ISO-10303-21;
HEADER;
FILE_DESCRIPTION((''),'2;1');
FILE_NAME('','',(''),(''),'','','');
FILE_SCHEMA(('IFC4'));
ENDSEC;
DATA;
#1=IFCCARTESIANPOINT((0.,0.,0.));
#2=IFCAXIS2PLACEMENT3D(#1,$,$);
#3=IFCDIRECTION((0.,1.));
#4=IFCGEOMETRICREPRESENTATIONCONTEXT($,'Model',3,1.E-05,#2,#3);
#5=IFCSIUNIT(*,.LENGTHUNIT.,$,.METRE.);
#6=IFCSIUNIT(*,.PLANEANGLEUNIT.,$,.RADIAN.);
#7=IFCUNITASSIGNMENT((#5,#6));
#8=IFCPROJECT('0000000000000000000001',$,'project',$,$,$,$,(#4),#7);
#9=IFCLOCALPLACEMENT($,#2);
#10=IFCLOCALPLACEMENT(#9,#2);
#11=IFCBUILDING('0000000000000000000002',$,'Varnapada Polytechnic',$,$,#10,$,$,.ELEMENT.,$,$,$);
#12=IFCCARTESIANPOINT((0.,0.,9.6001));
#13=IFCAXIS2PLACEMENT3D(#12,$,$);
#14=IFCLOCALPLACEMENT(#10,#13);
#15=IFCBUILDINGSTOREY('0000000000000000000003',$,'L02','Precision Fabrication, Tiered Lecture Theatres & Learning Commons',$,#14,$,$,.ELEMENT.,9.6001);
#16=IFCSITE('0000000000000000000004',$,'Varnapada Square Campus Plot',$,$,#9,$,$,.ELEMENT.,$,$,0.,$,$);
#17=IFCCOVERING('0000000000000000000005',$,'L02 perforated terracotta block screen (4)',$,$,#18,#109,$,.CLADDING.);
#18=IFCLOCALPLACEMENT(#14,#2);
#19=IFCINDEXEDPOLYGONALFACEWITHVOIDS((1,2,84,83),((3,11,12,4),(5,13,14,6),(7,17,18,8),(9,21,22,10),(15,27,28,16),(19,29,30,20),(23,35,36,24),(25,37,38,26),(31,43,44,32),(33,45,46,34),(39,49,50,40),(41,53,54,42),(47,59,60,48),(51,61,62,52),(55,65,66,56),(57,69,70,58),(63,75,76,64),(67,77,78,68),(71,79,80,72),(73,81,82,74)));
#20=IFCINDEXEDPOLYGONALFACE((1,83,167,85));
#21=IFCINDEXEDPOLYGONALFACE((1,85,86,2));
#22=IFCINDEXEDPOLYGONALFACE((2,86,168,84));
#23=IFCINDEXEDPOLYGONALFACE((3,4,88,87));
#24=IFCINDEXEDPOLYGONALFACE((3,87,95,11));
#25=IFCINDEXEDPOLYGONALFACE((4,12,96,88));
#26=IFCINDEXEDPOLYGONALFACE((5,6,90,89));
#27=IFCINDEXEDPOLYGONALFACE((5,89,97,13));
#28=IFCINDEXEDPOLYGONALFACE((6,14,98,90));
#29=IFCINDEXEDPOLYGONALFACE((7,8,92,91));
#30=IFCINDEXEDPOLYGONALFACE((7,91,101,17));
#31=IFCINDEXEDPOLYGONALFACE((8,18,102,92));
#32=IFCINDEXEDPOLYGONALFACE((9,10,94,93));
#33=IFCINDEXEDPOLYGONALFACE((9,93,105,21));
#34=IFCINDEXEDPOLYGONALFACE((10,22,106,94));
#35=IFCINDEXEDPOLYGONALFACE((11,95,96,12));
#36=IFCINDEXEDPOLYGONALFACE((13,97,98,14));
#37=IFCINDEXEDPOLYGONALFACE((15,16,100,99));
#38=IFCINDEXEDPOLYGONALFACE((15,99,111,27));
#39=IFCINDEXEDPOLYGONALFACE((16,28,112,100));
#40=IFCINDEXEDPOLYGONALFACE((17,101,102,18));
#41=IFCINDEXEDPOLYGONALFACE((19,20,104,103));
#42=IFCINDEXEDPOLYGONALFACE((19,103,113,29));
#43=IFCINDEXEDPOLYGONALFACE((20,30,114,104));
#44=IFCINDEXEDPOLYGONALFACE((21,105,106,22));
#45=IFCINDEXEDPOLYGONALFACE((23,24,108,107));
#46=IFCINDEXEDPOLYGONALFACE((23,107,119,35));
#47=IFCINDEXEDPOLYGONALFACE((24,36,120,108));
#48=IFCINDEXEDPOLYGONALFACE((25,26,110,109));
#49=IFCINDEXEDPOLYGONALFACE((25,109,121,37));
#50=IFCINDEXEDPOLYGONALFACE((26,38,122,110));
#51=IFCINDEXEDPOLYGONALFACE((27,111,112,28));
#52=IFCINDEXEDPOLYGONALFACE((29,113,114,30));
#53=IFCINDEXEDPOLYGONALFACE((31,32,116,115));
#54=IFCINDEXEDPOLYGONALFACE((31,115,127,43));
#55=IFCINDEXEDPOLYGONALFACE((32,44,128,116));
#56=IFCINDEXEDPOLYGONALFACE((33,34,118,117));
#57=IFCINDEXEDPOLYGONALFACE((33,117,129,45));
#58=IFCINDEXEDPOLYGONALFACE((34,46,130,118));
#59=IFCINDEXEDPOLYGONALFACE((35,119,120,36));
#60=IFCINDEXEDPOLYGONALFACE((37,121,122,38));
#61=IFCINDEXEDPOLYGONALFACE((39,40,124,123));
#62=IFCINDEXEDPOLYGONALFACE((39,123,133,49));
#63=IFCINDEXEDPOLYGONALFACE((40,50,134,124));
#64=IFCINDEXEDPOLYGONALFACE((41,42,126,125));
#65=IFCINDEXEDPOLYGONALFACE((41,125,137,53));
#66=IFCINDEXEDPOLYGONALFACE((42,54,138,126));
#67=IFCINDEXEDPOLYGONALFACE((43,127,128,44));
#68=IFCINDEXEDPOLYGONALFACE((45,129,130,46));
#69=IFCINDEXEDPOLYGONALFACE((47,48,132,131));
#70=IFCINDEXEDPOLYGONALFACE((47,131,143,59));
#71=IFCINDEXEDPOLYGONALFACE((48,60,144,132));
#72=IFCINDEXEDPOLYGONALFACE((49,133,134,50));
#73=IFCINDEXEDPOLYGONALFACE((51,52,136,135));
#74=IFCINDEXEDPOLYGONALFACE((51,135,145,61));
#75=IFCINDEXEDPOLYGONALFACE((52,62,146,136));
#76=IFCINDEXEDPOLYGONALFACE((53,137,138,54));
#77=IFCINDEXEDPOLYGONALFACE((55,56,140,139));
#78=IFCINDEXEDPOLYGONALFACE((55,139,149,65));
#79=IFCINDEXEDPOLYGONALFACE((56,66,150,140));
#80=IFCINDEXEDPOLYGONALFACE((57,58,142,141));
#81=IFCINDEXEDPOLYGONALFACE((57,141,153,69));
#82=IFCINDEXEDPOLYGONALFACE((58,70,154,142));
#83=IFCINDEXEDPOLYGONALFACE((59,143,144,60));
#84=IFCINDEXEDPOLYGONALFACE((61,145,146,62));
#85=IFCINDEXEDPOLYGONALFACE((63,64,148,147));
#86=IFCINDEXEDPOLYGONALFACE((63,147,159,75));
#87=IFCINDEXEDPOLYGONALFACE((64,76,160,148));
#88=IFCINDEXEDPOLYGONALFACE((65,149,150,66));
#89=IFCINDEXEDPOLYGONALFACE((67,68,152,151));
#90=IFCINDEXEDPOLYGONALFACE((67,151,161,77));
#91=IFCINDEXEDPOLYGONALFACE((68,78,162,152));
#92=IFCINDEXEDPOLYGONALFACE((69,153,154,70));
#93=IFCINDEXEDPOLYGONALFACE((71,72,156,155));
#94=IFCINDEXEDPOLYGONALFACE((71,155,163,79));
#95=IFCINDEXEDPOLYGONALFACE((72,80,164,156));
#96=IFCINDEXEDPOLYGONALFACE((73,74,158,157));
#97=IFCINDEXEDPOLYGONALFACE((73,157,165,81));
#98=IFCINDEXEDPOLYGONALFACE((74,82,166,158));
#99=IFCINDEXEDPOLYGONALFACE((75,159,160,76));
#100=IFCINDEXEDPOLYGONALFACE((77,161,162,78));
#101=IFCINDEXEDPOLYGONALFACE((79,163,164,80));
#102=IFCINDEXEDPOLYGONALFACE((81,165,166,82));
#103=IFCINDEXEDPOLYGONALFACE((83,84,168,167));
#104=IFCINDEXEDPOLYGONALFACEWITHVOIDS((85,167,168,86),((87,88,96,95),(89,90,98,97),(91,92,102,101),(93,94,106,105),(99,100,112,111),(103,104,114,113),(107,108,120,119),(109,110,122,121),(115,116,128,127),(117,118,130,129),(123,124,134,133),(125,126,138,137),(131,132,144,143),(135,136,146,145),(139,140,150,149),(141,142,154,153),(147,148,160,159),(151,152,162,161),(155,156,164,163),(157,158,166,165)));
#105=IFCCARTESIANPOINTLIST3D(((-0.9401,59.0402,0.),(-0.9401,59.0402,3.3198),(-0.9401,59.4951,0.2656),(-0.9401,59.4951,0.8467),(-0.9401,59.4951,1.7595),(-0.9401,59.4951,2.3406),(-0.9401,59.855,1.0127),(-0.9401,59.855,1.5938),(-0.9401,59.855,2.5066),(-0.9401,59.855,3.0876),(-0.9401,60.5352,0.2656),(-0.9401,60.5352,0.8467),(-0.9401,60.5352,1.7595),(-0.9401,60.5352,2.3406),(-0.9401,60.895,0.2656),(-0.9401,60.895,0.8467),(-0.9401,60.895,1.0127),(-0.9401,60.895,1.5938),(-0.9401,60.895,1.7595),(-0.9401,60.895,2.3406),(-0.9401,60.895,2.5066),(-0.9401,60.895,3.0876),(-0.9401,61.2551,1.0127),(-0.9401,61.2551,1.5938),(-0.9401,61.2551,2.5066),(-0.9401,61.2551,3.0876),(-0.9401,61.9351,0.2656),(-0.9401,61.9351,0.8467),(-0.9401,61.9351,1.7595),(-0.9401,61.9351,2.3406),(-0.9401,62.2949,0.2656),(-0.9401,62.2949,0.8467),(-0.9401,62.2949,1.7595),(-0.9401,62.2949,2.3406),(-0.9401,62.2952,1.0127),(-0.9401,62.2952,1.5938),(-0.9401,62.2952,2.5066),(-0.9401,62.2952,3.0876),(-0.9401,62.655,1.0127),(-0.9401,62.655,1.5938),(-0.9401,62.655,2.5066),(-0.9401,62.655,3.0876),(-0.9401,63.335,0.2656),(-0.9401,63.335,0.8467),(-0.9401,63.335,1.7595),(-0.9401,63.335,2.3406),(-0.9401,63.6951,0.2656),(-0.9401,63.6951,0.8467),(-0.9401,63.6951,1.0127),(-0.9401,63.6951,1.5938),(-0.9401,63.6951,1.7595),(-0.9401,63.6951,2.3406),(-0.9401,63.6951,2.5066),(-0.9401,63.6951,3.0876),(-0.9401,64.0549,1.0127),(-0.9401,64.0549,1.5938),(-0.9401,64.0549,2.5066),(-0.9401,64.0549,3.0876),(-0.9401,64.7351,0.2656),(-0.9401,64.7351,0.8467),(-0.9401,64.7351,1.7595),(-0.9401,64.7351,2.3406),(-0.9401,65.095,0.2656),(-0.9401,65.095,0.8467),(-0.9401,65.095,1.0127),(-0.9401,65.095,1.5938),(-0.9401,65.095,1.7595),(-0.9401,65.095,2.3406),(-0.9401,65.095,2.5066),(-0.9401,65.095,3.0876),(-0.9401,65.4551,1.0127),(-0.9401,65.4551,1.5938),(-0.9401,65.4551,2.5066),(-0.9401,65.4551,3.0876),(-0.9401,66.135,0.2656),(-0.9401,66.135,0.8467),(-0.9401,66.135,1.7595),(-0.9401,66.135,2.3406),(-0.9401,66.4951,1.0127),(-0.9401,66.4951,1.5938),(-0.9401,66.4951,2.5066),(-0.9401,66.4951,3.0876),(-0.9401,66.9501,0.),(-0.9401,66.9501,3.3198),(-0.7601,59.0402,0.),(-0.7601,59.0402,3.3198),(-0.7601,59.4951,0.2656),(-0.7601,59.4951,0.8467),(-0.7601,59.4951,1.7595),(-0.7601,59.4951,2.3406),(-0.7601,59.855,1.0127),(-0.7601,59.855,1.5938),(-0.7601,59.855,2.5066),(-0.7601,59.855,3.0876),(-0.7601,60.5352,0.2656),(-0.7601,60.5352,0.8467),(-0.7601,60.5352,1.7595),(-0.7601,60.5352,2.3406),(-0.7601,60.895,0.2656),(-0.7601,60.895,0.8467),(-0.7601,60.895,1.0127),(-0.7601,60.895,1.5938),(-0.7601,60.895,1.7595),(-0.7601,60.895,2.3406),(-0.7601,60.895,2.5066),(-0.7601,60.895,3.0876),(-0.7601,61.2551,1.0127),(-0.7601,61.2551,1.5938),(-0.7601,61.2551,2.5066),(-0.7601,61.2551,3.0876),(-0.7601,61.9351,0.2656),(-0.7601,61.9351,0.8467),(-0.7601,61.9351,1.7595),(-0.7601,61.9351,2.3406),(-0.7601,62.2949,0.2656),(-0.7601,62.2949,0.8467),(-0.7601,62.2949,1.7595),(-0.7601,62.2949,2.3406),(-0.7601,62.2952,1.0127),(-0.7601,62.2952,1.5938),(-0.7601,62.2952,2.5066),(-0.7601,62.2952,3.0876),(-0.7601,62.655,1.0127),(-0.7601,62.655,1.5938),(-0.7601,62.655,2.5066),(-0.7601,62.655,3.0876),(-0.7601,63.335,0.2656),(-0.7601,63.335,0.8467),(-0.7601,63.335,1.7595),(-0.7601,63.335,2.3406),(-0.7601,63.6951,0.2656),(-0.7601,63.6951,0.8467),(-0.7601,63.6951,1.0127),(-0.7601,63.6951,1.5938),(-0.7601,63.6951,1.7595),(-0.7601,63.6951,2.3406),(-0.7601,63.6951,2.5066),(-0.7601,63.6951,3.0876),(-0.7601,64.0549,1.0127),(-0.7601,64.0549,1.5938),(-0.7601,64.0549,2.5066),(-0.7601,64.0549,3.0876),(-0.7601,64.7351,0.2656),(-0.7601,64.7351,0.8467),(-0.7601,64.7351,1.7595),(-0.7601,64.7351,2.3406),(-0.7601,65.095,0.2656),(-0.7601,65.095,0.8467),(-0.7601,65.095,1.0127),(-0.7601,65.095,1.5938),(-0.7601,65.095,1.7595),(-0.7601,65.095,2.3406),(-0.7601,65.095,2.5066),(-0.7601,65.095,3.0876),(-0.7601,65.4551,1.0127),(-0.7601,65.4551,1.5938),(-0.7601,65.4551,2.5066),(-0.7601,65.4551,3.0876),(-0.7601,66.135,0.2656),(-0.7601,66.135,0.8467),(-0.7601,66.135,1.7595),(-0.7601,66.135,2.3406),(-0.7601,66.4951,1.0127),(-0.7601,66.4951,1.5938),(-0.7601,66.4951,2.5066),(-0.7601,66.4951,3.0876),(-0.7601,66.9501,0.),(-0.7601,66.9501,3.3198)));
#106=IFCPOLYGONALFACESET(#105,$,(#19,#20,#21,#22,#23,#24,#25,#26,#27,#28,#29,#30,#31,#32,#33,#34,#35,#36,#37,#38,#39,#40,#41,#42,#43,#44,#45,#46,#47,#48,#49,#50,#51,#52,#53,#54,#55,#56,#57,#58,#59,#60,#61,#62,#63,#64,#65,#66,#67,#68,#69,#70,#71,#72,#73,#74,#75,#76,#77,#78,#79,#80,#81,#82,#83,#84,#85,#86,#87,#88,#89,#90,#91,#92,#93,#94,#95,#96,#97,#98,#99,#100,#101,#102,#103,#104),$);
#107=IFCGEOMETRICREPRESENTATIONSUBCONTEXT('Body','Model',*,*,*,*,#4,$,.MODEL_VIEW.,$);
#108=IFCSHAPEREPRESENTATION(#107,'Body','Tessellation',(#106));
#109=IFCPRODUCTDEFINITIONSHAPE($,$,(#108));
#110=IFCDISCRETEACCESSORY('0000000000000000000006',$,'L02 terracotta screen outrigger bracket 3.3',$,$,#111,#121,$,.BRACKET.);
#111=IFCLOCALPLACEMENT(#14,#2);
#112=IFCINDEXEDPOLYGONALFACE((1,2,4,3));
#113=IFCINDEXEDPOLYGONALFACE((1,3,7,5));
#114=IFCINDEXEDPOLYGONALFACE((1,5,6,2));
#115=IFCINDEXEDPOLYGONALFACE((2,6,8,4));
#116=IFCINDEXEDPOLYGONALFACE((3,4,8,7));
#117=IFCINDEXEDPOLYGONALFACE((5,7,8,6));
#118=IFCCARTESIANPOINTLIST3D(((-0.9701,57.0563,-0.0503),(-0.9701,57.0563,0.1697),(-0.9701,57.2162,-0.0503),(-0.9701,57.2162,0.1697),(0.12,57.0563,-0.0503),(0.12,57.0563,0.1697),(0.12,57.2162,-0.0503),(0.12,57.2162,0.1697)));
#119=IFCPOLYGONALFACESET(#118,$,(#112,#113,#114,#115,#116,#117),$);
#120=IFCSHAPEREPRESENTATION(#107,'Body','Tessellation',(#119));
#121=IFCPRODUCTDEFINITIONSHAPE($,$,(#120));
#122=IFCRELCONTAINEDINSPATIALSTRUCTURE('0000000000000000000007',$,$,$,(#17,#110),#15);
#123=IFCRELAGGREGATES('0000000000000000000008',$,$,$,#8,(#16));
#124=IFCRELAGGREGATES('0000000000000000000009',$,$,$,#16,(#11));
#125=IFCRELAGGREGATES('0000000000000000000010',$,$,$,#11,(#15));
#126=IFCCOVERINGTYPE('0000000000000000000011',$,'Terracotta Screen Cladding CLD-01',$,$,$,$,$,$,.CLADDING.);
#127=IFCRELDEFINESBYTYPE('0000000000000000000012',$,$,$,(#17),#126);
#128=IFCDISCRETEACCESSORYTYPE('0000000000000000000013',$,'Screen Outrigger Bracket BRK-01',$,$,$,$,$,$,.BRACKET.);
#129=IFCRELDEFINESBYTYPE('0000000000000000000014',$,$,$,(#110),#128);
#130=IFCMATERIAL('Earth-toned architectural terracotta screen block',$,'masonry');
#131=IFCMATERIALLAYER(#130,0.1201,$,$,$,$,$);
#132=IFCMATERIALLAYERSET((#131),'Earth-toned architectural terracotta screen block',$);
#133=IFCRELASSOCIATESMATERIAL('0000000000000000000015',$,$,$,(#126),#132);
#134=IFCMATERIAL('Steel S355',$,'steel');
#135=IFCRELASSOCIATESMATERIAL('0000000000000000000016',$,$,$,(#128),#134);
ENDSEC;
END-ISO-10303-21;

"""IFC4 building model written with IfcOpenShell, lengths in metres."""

from ifc_helpers import new_model, si_unit, direction, frame, frame_2d, origin, origin_2d, place, context, subcontext, project, spatial, rectangle, extrude, material, layer, layer_set, type_object, element, save


model = new_model("IFC4")

# Units and contexts
model_context = context("Model", 3, precision=1e-05, world=origin(), true_north=direction((0.0, 1.0)))
body_context = subcontext(model_context, "Body", "Model", "MODEL_VIEW")
ifc_project = project(units=[si_unit("LENGTHUNIT", "METRE"), si_unit("PLANEANGLEUNIT", "RADIAN")], contexts=[model_context])

# Site, building, storey
site_placement = place(None, origin())
site = spatial("IfcSite", under=ifc_project, at=site_placement, Name="Varnapada Square Campus Plot", CompositionType="ELEMENT", RefElevation=0.0)
building_placement = place(site_placement, origin())
building = spatial("IfcBuilding", under=site, at=building_placement, Name="Varnapada Polytechnic", CompositionType="ELEMENT")
storey_placement = place(building_placement, frame((0.0, 0.0, 9.6001)))
storey = spatial("IfcBuildingStorey", under=building, at=storey_placement, Name="L02", Description="Precision Fabrication, Tiered Lecture Theatres & Learning Commons", CompositionType="ELEMENT", Elevation=9.6001)

# Covering, openings
ifc_material_1 = material(Name="Earth-toned architectural terracotta screen block", Category="masonry")
ifc_layer = layer(ifc_material_1, 0.1201)
ifc_layer_set = layer_set([ifc_layer], Name="Earth-toned architectural terracotta screen block")
covering_type = type_object("IfcCoveringType", Name="Terracotta Screen Cladding CLD-01", PredefinedType="CLADDING", material=ifc_layer_set)
covering_placement = place(storey_placement, frame((-0.8501, 59.04, 0.0), z_axis=(0.0, 0.0, 1.0), x_axis=(0.0, 1.0, 0.0)))
covering = element("IfcCovering", 1, at=covering_placement, inside=storey, type_object=covering_type, Name="L02 perforated terracotta block screen (4)", PredefinedType="CLADDING", context=body_context, shape_type="SweptSolid", body=[
    extrude(rectangle(XDim=7.9099, YDim=0.1799, at=frame_2d((3.9551, 0.0))), origin(), (0.0, 0.0, 1.0), 3.3198),
])
opening_1_placement = place(covering_placement, frame((0.4551, 0.0, 0.2656)))
element("IfcOpeningElement", 2, at=opening_1_placement, cuts=covering, PredefinedType="OPENING", context=body_context, shape_type="SweptSolid", body=[
    extrude(rectangle(XDim=1.04, YDim=0.5811, at=frame_2d((0.52, 0.2905))), frame((0.0, 0.0999, 0.0), z_axis=(0.0, -1.0, 0.0), x_axis=(1.0, 0.0, 0.0)), (0.0, 0.0, 1.0), 0.2),
])
opening_2_placement = place(covering_placement, frame((1.855, 0.0, 0.2656)))
element("IfcOpeningElement", 3, at=opening_2_placement, cuts=covering, PredefinedType="OPENING", context=body_context, shape_type="SweptSolid", body=[
    extrude(rectangle(XDim=1.04, YDim=0.5811, at=frame_2d((0.52, 0.2905))), frame((0.0, 0.0999, 0.0), z_axis=(0.0, -1.0, 0.0), x_axis=(1.0, 0.0, 0.0)), (0.0, 0.0, 1.0), 0.2),
])
opening_3_placement = place(covering_placement, frame((3.2549, 0.0, 0.2656)))
element("IfcOpeningElement", 4, at=opening_3_placement, cuts=covering, PredefinedType="OPENING", context=body_context, shape_type="SweptSolid", body=[
    extrude(rectangle(XDim=1.04, YDim=0.5811, at=frame_2d((0.52, 0.2905))), frame((0.0, 0.0999, 0.0), z_axis=(0.0, -1.0, 0.0), x_axis=(1.0, 0.0, 0.0)), (0.0, 0.0, 1.0), 0.2),
])
opening_4_placement = place(covering_placement, frame((4.655, 0.0, 0.2656)))
element("IfcOpeningElement", 5, at=opening_4_placement, cuts=covering, PredefinedType="OPENING", context=body_context, shape_type="SweptSolid", body=[
    extrude(rectangle(XDim=1.04, YDim=0.5811, at=frame_2d((0.52, 0.2905))), frame((0.0, 0.0999, 0.0), z_axis=(0.0, -1.0, 0.0), x_axis=(1.0, 0.0, 0.0)), (0.0, 0.0, 1.0), 0.2),
])
opening_5_placement = place(covering_placement, frame((6.0549, 0.0, 0.2656)))
element("IfcOpeningElement", 6, at=opening_5_placement, cuts=covering, PredefinedType="OPENING", context=body_context, shape_type="SweptSolid", body=[
    extrude(rectangle(XDim=1.04, YDim=0.5811, at=frame_2d((0.52, 0.2905))), frame((0.0, 0.0999, 0.0), z_axis=(0.0, -1.0, 0.0), x_axis=(1.0, 0.0, 0.0)), (0.0, 0.0, 1.0), 0.2),
])
opening_6_placement = place(covering_placement, frame((0.8149, 0.0, 1.0127)))
element("IfcOpeningElement", 7, at=opening_6_placement, cuts=covering, PredefinedType="OPENING", context=body_context, shape_type="SweptSolid", body=[
    extrude(rectangle(XDim=1.04, YDim=0.5811, at=frame_2d((0.52, 0.2905))), frame((0.0, 0.0999, 0.0), z_axis=(0.0, -1.0, 0.0), x_axis=(1.0, 0.0, 0.0)), (0.0, 0.0, 1.0), 0.2),
])
opening_7_placement = place(covering_placement, frame((2.2151, 0.0, 1.0127)))
element("IfcOpeningElement", 8, at=opening_7_placement, cuts=covering, PredefinedType="OPENING", context=body_context, shape_type="SweptSolid", body=[
    extrude(rectangle(XDim=1.04, YDim=0.5811, at=frame_2d((0.52, 0.2905))), frame((0.0, 0.0999, 0.0), z_axis=(0.0, -1.0, 0.0), x_axis=(1.0, 0.0, 0.0)), (0.0, 0.0, 1.0), 0.2),
])
opening_8_placement = place(covering_placement, frame((3.615, 0.0, 1.0127)))
element("IfcOpeningElement", 9, at=opening_8_placement, cuts=covering, PredefinedType="OPENING", context=body_context, shape_type="SweptSolid", body=[
    extrude(rectangle(XDim=1.04, YDim=0.5811, at=frame_2d((0.52, 0.2905))), frame((0.0, 0.0999, 0.0), z_axis=(0.0, -1.0, 0.0), x_axis=(1.0, 0.0, 0.0)), (0.0, 0.0, 1.0), 0.2),
])
opening_9_placement = place(covering_placement, frame((5.0149, 0.0, 1.0127)))
element("IfcOpeningElement", 10, at=opening_9_placement, cuts=covering, PredefinedType="OPENING", context=body_context, shape_type="SweptSolid", body=[
    extrude(rectangle(XDim=1.04, YDim=0.5811, at=frame_2d((0.52, 0.2905))), frame((0.0, 0.0999, 0.0), z_axis=(0.0, -1.0, 0.0), x_axis=(1.0, 0.0, 0.0)), (0.0, 0.0, 1.0), 0.2),
])
opening_10_placement = place(covering_placement, frame((6.415, 0.0, 1.0127)))
element("IfcOpeningElement", 11, at=opening_10_placement, cuts=covering, PredefinedType="OPENING", context=body_context, shape_type="SweptSolid", body=[
    extrude(rectangle(XDim=1.04, YDim=0.5811, at=frame_2d((0.52, 0.2905))), frame((0.0, 0.0999, 0.0), z_axis=(0.0, -1.0, 0.0), x_axis=(1.0, 0.0, 0.0)), (0.0, 0.0, 1.0), 0.2),
])
opening_11_placement = place(covering_placement, frame((0.4551, 0.0, 1.7595)))
element("IfcOpeningElement", 12, at=opening_11_placement, cuts=covering, PredefinedType="OPENING", context=body_context, shape_type="SweptSolid", body=[
    extrude(rectangle(XDim=1.04, YDim=0.5811, at=frame_2d((0.52, 0.2905))), frame((0.0, 0.0999, 0.0), z_axis=(0.0, -1.0, 0.0), x_axis=(1.0, 0.0, 0.0)), (0.0, 0.0, 1.0), 0.2),
])
opening_12_placement = place(covering_placement, frame((1.855, 0.0, 1.7595)))
element("IfcOpeningElement", 13, at=opening_12_placement, cuts=covering, PredefinedType="OPENING", context=body_context, shape_type="SweptSolid", body=[
    extrude(rectangle(XDim=1.04, YDim=0.5811, at=frame_2d((0.52, 0.2905))), frame((0.0, 0.0999, 0.0), z_axis=(0.0, -1.0, 0.0), x_axis=(1.0, 0.0, 0.0)), (0.0, 0.0, 1.0), 0.2),
])
opening_13_placement = place(covering_placement, frame((3.2549, 0.0, 1.7595)))
element("IfcOpeningElement", 14, at=opening_13_placement, cuts=covering, PredefinedType="OPENING", context=body_context, shape_type="SweptSolid", body=[
    extrude(rectangle(XDim=1.04, YDim=0.5811, at=frame_2d((0.52, 0.2905))), frame((0.0, 0.0999, 0.0), z_axis=(0.0, -1.0, 0.0), x_axis=(1.0, 0.0, 0.0)), (0.0, 0.0, 1.0), 0.2),
])
opening_14_placement = place(covering_placement, frame((4.655, 0.0, 1.7595)))
element("IfcOpeningElement", 15, at=opening_14_placement, cuts=covering, PredefinedType="OPENING", context=body_context, shape_type="SweptSolid", body=[
    extrude(rectangle(XDim=1.04, YDim=0.5811, at=frame_2d((0.52, 0.2905))), frame((0.0, 0.0999, 0.0), z_axis=(0.0, -1.0, 0.0), x_axis=(1.0, 0.0, 0.0)), (0.0, 0.0, 1.0), 0.2),
])
opening_15_placement = place(covering_placement, frame((6.0549, 0.0, 1.7595)))
element("IfcOpeningElement", 16, at=opening_15_placement, cuts=covering, PredefinedType="OPENING", context=body_context, shape_type="SweptSolid", body=[
    extrude(rectangle(XDim=1.04, YDim=0.5811, at=frame_2d((0.52, 0.2905))), frame((0.0, 0.0999, 0.0), z_axis=(0.0, -1.0, 0.0), x_axis=(1.0, 0.0, 0.0)), (0.0, 0.0, 1.0), 0.2),
])
opening_16_placement = place(covering_placement, frame((0.8149, 0.0, 2.5066)))
element("IfcOpeningElement", 17, at=opening_16_placement, cuts=covering, PredefinedType="OPENING", context=body_context, shape_type="SweptSolid", body=[
    extrude(rectangle(XDim=1.04, YDim=0.5811, at=frame_2d((0.52, 0.2905))), frame((0.0, 0.0999, 0.0), z_axis=(0.0, -1.0, 0.0), x_axis=(1.0, 0.0, 0.0)), (0.0, 0.0, 1.0), 0.2),
])
opening_17_placement = place(covering_placement, frame((2.2151, 0.0, 2.5066)))
element("IfcOpeningElement", 18, at=opening_17_placement, cuts=covering, PredefinedType="OPENING", context=body_context, shape_type="SweptSolid", body=[
    extrude(rectangle(XDim=1.04, YDim=0.5811, at=frame_2d((0.52, 0.2905))), frame((0.0, 0.0999, 0.0), z_axis=(0.0, -1.0, 0.0), x_axis=(1.0, 0.0, 0.0)), (0.0, 0.0, 1.0), 0.2),
])
opening_18_placement = place(covering_placement, frame((3.615, 0.0, 2.5066)))
element("IfcOpeningElement", 19, at=opening_18_placement, cuts=covering, PredefinedType="OPENING", context=body_context, shape_type="SweptSolid", body=[
    extrude(rectangle(XDim=1.04, YDim=0.5811, at=frame_2d((0.52, 0.2905))), frame((0.0, 0.0999, 0.0), z_axis=(0.0, -1.0, 0.0), x_axis=(1.0, 0.0, 0.0)), (0.0, 0.0, 1.0), 0.2),
])
opening_19_placement = place(covering_placement, frame((5.0149, 0.0, 2.5066)))
element("IfcOpeningElement", 20, at=opening_19_placement, cuts=covering, PredefinedType="OPENING", context=body_context, shape_type="SweptSolid", body=[
    extrude(rectangle(XDim=1.04, YDim=0.5811, at=frame_2d((0.52, 0.2905))), frame((0.0, 0.0999, 0.0), z_axis=(0.0, -1.0, 0.0), x_axis=(1.0, 0.0, 0.0)), (0.0, 0.0, 1.0), 0.2),
])
opening_20_placement = place(covering_placement, frame((6.415, 0.0, 2.5066)))
element("IfcOpeningElement", 21, at=opening_20_placement, cuts=covering, PredefinedType="OPENING", context=body_context, shape_type="SweptSolid", body=[
    extrude(rectangle(XDim=1.04, YDim=0.5811, at=frame_2d((0.52, 0.2905))), frame((0.0, 0.0999, 0.0), z_axis=(0.0, -1.0, 0.0), x_axis=(1.0, 0.0, 0.0)), (0.0, 0.0, 1.0), 0.2),
])

# Discrete accessory
ifc_material_2 = material(Name="Steel S355", Category="steel")
discrete_accessory_type = type_object("IfcDiscreteAccessoryType", Name="Screen Outrigger Bracket BRK-01", PredefinedType="BRACKET", material=ifc_material_2)
discrete_accessory_placement = place(storey_placement, frame((-0.425, 57.1362, -0.0503), z_axis=(0.0, 0.0, 1.0), x_axis=(0.0, 1.0, 0.0)))
element("IfcDiscreteAccessory", 22, at=discrete_accessory_placement, inside=storey, type_object=discrete_accessory_type, Name="L02 terracotta screen outrigger bracket 3.3", PredefinedType="BRACKET", context=body_context, shape_type="SweptSolid", body=[
    extrude(rectangle(XDim=0.1599, YDim=1.0901, at=origin_2d()), origin(), (0.0, 0.0, 1.0), 0.22),
])

save(model, "model.ifc")
